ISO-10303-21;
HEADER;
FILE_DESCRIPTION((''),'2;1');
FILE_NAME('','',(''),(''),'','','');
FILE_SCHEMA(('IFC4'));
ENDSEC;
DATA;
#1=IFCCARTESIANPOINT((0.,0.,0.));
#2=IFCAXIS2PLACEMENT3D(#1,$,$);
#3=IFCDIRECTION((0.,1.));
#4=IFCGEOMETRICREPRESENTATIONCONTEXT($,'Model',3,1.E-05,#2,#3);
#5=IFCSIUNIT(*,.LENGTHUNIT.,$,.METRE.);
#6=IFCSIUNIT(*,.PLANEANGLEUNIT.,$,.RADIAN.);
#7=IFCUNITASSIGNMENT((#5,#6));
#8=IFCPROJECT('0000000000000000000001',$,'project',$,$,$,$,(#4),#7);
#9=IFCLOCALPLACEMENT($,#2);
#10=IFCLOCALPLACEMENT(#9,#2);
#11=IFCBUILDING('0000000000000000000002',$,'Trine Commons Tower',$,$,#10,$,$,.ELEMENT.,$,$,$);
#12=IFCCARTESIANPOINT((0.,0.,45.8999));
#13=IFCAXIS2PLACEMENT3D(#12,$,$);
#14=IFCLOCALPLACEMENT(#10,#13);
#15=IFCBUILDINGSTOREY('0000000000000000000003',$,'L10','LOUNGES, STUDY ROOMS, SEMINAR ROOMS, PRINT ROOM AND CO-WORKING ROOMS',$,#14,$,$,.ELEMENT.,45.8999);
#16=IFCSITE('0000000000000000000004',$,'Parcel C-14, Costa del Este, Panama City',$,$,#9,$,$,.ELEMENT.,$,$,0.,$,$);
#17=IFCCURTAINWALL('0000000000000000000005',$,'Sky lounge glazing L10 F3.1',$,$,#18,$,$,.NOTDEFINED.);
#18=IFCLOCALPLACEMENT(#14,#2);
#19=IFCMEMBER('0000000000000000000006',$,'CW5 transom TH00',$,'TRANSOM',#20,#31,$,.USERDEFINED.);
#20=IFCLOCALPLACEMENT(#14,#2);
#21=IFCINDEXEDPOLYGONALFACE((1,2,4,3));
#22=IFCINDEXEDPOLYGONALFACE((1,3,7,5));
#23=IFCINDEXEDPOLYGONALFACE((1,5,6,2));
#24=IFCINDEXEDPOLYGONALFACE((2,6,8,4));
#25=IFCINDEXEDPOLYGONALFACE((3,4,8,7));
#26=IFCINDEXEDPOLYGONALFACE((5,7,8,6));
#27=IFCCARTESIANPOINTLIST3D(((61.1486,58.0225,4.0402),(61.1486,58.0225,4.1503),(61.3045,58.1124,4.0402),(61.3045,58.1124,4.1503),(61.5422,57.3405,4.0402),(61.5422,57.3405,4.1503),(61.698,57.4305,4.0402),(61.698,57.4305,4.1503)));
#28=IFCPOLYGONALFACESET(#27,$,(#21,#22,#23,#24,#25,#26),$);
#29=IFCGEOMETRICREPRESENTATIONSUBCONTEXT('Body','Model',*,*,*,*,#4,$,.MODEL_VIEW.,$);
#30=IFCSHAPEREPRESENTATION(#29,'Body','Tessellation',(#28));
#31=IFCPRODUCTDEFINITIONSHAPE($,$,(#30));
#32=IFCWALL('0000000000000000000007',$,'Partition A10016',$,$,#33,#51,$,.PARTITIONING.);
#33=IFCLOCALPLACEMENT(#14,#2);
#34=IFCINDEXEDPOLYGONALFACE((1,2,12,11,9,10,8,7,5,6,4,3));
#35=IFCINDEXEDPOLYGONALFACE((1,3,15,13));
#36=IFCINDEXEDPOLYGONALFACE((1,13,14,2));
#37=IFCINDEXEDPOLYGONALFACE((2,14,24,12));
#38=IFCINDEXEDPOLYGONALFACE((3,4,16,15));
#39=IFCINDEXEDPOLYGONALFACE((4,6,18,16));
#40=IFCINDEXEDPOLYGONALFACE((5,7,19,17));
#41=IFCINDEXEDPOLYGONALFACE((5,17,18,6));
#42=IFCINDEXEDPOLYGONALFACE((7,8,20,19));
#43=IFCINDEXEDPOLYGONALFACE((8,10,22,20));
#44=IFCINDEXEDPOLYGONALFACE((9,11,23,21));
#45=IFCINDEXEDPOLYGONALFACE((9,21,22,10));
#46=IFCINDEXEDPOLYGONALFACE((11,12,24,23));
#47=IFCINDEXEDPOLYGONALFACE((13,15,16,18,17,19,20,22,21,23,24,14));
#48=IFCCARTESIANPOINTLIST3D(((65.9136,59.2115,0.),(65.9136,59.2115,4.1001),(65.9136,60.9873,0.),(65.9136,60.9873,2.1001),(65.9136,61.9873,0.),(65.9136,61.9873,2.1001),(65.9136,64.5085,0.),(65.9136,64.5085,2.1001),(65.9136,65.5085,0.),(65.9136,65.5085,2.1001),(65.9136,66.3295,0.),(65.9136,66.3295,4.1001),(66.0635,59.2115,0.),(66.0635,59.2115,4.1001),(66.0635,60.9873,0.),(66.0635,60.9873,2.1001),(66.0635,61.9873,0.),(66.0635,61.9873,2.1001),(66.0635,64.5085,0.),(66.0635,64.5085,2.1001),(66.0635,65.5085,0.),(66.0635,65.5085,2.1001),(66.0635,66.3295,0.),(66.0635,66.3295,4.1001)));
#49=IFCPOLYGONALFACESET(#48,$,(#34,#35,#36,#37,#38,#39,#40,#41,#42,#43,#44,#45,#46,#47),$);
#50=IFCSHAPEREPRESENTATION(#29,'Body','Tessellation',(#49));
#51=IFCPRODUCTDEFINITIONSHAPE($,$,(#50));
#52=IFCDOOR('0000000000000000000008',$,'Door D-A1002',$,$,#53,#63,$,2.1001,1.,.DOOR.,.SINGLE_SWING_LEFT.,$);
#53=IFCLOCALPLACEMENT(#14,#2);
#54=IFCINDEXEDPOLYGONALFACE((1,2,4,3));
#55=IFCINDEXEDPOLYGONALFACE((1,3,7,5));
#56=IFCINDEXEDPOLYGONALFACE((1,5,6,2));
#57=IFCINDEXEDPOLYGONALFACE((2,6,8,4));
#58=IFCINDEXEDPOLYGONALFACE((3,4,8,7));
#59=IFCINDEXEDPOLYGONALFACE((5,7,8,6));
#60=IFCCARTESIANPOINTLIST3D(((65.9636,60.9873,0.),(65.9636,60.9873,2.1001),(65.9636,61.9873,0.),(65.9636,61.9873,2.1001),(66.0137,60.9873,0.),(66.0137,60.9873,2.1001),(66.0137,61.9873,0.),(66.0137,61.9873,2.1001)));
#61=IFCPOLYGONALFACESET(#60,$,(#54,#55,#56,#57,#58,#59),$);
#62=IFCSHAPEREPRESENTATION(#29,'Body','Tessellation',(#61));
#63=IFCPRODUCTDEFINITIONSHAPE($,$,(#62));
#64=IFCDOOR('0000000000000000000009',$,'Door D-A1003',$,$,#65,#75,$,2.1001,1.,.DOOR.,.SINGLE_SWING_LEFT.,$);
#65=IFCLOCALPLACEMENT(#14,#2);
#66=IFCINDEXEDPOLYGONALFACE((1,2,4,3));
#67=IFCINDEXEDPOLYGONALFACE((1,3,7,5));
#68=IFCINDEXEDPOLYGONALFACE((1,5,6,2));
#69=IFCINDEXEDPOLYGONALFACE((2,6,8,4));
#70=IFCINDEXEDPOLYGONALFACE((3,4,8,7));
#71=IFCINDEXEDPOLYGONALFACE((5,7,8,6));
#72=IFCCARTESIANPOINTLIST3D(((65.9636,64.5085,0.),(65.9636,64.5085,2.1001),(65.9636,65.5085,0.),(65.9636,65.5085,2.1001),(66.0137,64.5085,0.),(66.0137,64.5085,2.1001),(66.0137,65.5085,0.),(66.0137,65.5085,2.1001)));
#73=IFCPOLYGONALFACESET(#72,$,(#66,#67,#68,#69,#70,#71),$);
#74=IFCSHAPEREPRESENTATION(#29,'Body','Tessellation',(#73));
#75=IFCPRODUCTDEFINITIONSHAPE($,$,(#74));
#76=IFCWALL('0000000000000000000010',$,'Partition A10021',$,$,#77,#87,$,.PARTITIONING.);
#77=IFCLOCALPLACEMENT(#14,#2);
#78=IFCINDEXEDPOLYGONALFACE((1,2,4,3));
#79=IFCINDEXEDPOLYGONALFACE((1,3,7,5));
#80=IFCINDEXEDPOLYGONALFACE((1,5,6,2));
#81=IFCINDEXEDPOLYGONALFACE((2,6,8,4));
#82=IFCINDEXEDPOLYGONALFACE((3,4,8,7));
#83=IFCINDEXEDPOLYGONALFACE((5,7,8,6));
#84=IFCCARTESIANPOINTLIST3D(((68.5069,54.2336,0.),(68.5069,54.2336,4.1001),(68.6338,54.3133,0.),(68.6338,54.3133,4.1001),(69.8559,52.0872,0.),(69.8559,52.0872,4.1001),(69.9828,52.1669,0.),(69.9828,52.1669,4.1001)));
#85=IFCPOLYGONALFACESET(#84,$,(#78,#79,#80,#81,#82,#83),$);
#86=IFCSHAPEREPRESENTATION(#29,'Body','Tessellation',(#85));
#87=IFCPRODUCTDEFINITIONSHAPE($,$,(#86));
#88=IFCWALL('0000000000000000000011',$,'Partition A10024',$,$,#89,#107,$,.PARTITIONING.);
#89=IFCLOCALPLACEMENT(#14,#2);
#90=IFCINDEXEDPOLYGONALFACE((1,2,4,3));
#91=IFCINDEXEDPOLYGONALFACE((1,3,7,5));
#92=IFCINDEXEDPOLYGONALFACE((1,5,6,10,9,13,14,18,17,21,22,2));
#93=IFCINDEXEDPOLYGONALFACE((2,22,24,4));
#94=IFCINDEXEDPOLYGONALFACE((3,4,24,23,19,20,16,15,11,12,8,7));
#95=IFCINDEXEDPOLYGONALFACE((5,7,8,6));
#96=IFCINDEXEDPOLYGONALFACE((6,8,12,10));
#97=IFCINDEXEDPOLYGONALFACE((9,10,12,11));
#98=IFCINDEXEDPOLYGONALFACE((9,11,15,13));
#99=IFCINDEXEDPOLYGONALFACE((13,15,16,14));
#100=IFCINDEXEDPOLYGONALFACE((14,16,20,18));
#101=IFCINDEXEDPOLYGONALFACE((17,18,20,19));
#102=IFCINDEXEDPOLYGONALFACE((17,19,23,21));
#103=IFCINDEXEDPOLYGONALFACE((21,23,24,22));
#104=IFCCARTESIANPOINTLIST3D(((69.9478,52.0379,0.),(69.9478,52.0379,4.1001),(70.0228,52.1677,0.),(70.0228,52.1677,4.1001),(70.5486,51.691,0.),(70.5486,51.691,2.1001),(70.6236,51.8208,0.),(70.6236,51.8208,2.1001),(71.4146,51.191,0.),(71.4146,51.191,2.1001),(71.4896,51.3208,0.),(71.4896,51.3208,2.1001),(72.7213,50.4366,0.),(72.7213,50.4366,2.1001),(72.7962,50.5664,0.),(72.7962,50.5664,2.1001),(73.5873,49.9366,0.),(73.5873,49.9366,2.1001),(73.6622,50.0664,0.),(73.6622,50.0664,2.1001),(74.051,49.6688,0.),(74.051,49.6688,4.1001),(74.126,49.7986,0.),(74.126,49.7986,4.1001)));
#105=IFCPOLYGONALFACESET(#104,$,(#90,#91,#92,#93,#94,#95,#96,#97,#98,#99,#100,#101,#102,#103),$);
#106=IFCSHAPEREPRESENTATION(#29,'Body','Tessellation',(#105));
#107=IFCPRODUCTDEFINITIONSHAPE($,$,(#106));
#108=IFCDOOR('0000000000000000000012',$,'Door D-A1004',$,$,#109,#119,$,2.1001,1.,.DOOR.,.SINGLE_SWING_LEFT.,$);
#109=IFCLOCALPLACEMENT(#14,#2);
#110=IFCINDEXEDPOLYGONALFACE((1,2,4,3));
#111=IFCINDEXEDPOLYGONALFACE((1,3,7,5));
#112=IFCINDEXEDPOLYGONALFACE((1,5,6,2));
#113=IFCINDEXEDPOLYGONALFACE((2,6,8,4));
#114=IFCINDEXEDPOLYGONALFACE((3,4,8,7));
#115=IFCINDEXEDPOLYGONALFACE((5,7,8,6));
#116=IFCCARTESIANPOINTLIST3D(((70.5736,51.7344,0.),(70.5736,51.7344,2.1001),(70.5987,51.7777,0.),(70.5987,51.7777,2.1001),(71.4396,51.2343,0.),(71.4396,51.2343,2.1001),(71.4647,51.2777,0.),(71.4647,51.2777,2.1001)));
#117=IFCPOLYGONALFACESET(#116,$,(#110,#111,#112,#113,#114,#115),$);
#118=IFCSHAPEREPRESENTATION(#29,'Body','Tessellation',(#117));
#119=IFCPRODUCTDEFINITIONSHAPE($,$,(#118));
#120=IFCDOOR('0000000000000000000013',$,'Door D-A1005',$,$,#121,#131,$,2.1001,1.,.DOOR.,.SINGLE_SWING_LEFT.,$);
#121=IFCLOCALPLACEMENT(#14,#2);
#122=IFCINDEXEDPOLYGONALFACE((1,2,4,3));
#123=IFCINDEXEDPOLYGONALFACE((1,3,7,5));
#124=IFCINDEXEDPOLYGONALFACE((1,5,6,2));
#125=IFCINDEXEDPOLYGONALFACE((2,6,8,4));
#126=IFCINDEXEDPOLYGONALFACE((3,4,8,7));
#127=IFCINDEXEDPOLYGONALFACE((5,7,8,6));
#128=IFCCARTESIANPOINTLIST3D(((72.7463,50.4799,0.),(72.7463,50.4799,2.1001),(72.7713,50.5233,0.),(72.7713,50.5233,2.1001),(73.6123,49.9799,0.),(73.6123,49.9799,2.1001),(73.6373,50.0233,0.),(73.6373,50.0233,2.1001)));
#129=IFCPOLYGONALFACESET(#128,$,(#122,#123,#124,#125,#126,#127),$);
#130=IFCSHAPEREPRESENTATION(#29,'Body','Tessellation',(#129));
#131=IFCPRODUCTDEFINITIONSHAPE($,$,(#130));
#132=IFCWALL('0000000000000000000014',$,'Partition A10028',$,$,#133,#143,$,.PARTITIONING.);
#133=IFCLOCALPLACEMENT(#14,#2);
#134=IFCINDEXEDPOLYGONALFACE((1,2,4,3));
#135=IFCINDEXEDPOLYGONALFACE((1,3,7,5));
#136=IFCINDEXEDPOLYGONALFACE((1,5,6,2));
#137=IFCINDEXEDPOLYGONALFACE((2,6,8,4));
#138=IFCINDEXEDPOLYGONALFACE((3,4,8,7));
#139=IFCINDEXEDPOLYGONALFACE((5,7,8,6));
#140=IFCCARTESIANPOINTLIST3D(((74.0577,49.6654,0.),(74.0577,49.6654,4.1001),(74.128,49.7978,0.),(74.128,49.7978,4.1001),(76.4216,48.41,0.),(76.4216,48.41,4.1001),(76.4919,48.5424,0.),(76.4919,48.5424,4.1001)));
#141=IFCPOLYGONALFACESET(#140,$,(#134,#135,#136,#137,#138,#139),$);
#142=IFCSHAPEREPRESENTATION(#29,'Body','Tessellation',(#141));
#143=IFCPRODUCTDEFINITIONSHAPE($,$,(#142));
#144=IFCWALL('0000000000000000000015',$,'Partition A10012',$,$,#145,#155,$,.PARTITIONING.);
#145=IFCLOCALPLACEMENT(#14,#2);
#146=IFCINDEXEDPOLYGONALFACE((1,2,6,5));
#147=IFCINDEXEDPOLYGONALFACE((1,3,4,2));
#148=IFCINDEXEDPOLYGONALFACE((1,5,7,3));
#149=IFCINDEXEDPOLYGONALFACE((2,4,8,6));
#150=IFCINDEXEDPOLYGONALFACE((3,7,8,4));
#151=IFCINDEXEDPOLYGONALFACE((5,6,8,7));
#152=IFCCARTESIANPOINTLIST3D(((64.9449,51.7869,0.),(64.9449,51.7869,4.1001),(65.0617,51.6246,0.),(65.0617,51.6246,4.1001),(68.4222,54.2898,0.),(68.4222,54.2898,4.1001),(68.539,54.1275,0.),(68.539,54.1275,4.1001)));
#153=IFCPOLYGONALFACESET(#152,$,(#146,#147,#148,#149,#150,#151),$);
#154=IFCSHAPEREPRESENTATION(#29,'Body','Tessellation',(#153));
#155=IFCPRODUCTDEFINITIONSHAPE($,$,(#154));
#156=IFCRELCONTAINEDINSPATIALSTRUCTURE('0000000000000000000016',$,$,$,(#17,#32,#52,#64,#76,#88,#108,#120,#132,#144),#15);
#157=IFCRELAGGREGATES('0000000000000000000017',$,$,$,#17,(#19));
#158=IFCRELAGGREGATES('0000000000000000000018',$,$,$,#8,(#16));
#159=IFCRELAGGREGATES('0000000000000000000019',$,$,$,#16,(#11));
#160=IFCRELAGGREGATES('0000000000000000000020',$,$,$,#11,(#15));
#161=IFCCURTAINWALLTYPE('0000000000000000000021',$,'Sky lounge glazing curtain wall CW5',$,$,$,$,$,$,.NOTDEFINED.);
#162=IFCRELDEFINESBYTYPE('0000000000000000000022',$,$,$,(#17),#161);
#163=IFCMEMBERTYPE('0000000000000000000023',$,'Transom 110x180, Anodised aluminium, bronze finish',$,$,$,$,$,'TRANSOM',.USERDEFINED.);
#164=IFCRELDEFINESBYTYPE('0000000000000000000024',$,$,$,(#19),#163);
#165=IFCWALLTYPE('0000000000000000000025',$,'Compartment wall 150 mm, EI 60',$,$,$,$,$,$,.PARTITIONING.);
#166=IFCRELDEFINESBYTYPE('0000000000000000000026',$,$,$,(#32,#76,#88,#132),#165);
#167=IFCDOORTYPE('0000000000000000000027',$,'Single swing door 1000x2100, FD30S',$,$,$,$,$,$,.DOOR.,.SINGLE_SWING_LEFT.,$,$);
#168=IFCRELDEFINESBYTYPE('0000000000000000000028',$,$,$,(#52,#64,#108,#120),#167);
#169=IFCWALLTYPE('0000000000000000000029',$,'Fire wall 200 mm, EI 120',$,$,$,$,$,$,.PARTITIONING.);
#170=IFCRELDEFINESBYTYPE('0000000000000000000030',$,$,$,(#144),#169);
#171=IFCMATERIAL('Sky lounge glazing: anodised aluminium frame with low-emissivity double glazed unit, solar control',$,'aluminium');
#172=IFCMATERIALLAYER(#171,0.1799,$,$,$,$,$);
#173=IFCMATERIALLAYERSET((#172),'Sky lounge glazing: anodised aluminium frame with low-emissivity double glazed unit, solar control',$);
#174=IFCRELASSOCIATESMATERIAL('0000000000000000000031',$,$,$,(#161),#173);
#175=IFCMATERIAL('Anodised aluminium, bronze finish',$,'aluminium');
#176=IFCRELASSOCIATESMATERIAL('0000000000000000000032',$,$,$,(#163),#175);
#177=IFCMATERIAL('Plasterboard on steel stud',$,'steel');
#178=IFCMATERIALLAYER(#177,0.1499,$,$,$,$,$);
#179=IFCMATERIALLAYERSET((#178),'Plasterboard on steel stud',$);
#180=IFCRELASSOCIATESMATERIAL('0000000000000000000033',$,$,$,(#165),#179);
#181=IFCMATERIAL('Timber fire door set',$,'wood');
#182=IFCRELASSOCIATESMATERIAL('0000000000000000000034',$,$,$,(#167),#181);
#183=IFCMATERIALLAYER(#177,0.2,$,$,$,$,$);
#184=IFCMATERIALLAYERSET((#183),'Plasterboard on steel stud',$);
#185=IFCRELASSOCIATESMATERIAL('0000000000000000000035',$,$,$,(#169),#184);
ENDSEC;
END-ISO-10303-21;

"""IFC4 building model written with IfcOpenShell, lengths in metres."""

from ifc_helpers import new_model, si_unit, direction, frame, frame_2d, origin, origin_2d, place, context, subcontext, project, spatial, rectangle, extrude, material, layer, layer_set, material_profile, profile_set, type_object, element, fill, aggregate, save


model = new_model("IFC4")

# Units and contexts
model_context = context("Model", 3, precision=1e-05, world=origin(), true_north=direction((0.0, 1.0)))
body_context = subcontext(model_context, "Body", "Model", "MODEL_VIEW")
ifc_project = project(units=[si_unit("LENGTHUNIT", "METRE"), si_unit("PLANEANGLEUNIT", "RADIAN")], contexts=[model_context])

# Site, building, storey
site_placement = place(None, origin())
site = spatial("IfcSite", under=ifc_project, at=site_placement, Name="Parcel C-14, Costa del Este, Panama City", CompositionType="ELEMENT", RefElevation=0.0)
building_placement = place(site_placement, origin())
building = spatial("IfcBuilding", under=site, at=building_placement, Name="Trine Commons Tower", CompositionType="ELEMENT")
storey_placement = place(building_placement, frame((0.0, 0.0, 45.8999)))
storey = spatial("IfcBuildingStorey", under=building, at=storey_placement, Name="L10", Description="LOUNGES, STUDY ROOMS, SEMINAR ROOMS, PRINT ROOM AND CO-WORKING ROOMS", CompositionType="ELEMENT", Elevation=45.8999)

# Curtain wall, member
ifc_material_1 = material(Name="Sky lounge glazing: anodised aluminium frame with low-emissivity double glazed unit, solar control", Category="aluminium")
ifc_layer_1 = layer(ifc_material_1, 0.1799)
ifc_layer_set_1 = layer_set([ifc_layer_1], Name="Sky lounge glazing: anodised aluminium frame with low-emissivity double glazed unit, solar control")
curtain_wall_type = type_object("IfcCurtainWallType", Name="Sky lounge glazing curtain wall CW5", PredefinedType="NOTDEFINED", material=ifc_layer_set_1)
curtain_wall_placement = place(storey_placement, origin())
curtain_wall = element("IfcCurtainWall", 1, at=curtain_wall_placement, inside=storey, type_object=curtain_wall_type, Name="Sky lounge glazing L10 F3.1", PredefinedType="NOTDEFINED")
ifc_material_2 = material(Name="Anodised aluminium, bronze finish", Category="aluminium")
ifc_material_profile_1 = material_profile(ifc_material_2, rectangle(XDim=0.1799, YDim=0.1101, at=origin_2d()), Name="Transom 110x180")
ifc_profile_set_1 = profile_set([ifc_material_profile_1], Name="Anodised aluminium, bronze finish")
member_type_1 = type_object("IfcMemberType", Name="Transom 110x180, Anodised aluminium, bronze finish", ElementType="TRANSOM", PredefinedType="USERDEFINED", material=ifc_profile_set_1)
member_1_placement = place(storey_placement, frame((61.6201, 57.3855, 4.0952), z_axis=(-0.499875, 0.866098, 0.0), x_axis=(-0.866098, -0.499875, 0.0)))
member_1 = element("IfcMember", 2, at=member_1_placement, type_object=member_type_1, Name="CW5 transom TH00", ObjectType="TRANSOM", PredefinedType="USERDEFINED", context=body_context, shape_type="SweptSolid", body=[
    extrude(rectangle(XDim=0.1799, YDim=0.1101, at=origin_2d()), origin(), (0.0, 0.0, 1.0), 0.7874),
])
aggregate(curtain_wall, [member_1])

# Wall, openings, doors
ifc_material_3 = material(Name="Plasterboard on steel stud", Category="steel")
ifc_layer_2 = layer(ifc_material_3, 0.1499)
ifc_layer_set_2 = layer_set([ifc_layer_2], Name="Plasterboard on steel stud")
wall_type_1 = type_object("IfcWallType", Name="Compartment wall 150 mm, EI 60", PredefinedType="PARTITIONING", material=ifc_layer_set_2)
wall_1_placement = place(storey_placement, frame((65.9885, 59.2114, 0.0), z_axis=(0.0, 0.0, 1.0), x_axis=(0.0, 1.0, 0.0)))
wall_1 = element("IfcWall", 3, at=wall_1_placement, inside=storey, type_object=wall_type_1, Name="Partition A10016", PredefinedType="PARTITIONING", context=body_context, shape_type="SweptSolid", body=[
    extrude(rectangle(XDim=7.1179, YDim=0.1499, at=frame_2d((3.5591, 0.0))), origin(), (0.0, 0.0, 1.0), 4.1001),
])
opening_1_placement = place(wall_1_placement, frame((1.7759, 0.0, 0.0)))
opening_1 = element("IfcOpeningElement", 4, at=opening_1_placement, cuts=wall_1, PredefinedType="OPENING", context=body_context, shape_type="SweptSolid", body=[
    extrude(rectangle(XDim=1.0, YDim=2.1001, at=frame_2d((0.5, 1.05))), frame((0.0, 0.085, 0.0), z_axis=(0.0, -1.0, 0.0), x_axis=(1.0, 0.0, 0.0)), (0.0, 0.0, 1.0), 0.1699),
])
opening_2_placement = place(wall_1_placement, frame((5.2971, 0.0, 0.0)))
opening_2 = element("IfcOpeningElement", 5, at=opening_2_placement, cuts=wall_1, PredefinedType="OPENING", context=body_context, shape_type="SweptSolid", body=[
    extrude(rectangle(XDim=1.0, YDim=2.1001, at=frame_2d((0.5, 1.05))), frame((0.0, 0.085, 0.0), z_axis=(0.0, -1.0, 0.0), x_axis=(1.0, 0.0, 0.0)), (0.0, 0.0, 1.0), 0.1699),
])
ifc_material_4 = material(Name="Timber fire door set", Category="wood")
door_type_1 = type_object("IfcDoorType", Name="Single swing door 1000x2100, FD30S", OperationType="SINGLE_SWING_LEFT", PredefinedType="DOOR", material=ifc_material_4)
door_1_placement = place(opening_1_placement, origin())
door_1 = element("IfcDoor", 6, at=door_1_placement, inside=storey, type_object=door_type_1, Name="Door D-A1002", OperationType="SINGLE_SWING_LEFT", OverallHeight=2.1001, OverallWidth=1.0, PredefinedType="DOOR", context=body_context, shape_type="SweptSolid", body=[
    extrude(rectangle(XDim=1.0, YDim=2.1001, at=frame_2d((0.5, 1.05))), frame((0.0, 0.0249, 0.0), z_axis=(0.0, -1.0, 0.0), x_axis=(1.0, 0.0, 0.0)), (0.0, 0.0, 1.0), 0.05),
])
fill(opening_1, door_1)
door_2_placement = place(opening_2_placement, origin())
door_2 = element("IfcDoor", 7, at=door_2_placement, inside=storey, type_object=door_type_1, Name="Door D-A1003", OperationType="SINGLE_SWING_LEFT", OverallHeight=2.1001, OverallWidth=1.0, PredefinedType="DOOR", context=body_context, shape_type="SweptSolid", body=[
    extrude(rectangle(XDim=1.0, YDim=2.1001, at=frame_2d((0.5, 1.05))), frame((0.0, 0.0249, 0.0), z_axis=(0.0, -1.0, 0.0), x_axis=(1.0, 0.0, 0.0)), (0.0, 0.0, 1.0), 0.05),
])
fill(opening_2, door_2)

# Wall
wall_2_placement = place(storey_placement, frame((68.5703, 54.2734, 0.0), z_axis=(0.0, 0.0, 1.0), x_axis=(0.532144, -0.846654, 0.0)))
element("IfcWall", 8, at=wall_2_placement, inside=storey, type_object=wall_type_1, Name="Partition A10021", PredefinedType="PARTITIONING", context=body_context, shape_type="SweptSolid", body=[
    extrude(rectangle(XDim=2.5352, YDim=0.1499, at=frame_2d((1.2676, 0.0))), origin(), (0.0, 0.0, 1.0), 4.1001),
])

# Wall, openings, doors
wall_3_placement = place(storey_placement, frame((74.0886, 49.7336, 0.0), z_axis=(0.0, 0.0, 1.0), x_axis=(-0.866015, 0.500018, 0.0)))
wall_3 = element("IfcWall", 9, at=wall_3_placement, inside=storey, type_object=wall_type_1, Name="Partition A10024", PredefinedType="PARTITIONING", context=body_context, shape_type="SweptSolid", body=[
    extrude(rectangle(XDim=4.738, YDim=0.1499, at=frame_2d((2.3691, 0.0))), origin(), (0.0, 0.0, 1.0), 4.1001),
])
opening_3_placement = place(wall_3_placement, frame((3.0444, 0.0, 0.0)))
opening_3 = element("IfcOpeningElement", 10, at=opening_3_placement, cuts=wall_3, PredefinedType="OPENING", context=body_context, shape_type="SweptSolid", body=[
    extrude(rectangle(XDim=1.0, YDim=2.1001, at=frame_2d((0.5, 1.05))), frame((0.0, 0.085, 0.0), z_axis=(0.0, -1.0, 0.0), x_axis=(1.0, 0.0, 0.0)), (0.0, 0.0, 1.0), 0.1699),
])
opening_4_placement = place(wall_3_placement, frame((0.5356, 0.0, 0.0)))
opening_4 = element("IfcOpeningElement", 11, at=opening_4_placement, cuts=wall_3, PredefinedType="OPENING", context=body_context, shape_type="SweptSolid", body=[
    extrude(rectangle(XDim=1.0, YDim=2.1001, at=frame_2d((0.5, 1.05))), frame((0.0, 0.085, 0.0), z_axis=(0.0, -1.0, 0.0), x_axis=(1.0, 0.0, 0.0)), (0.0, 0.0, 1.0), 0.1699),
])
door_3_placement = place(opening_3_placement, origin())
door_3 = element("IfcDoor", 12, at=door_3_placement, inside=storey, type_object=door_type_1, Name="Door D-A1004", OperationType="SINGLE_SWING_LEFT", OverallHeight=2.1001, OverallWidth=1.0, PredefinedType="DOOR", context=body_context, shape_type="SweptSolid", body=[
    extrude(rectangle(XDim=1.0, YDim=2.1001, at=frame_2d((0.5, 1.05))), frame((0.0, 0.0249, 0.0), z_axis=(0.0, -1.0, 0.0), x_axis=(1.0, 0.0, 0.0)), (0.0, 0.0, 1.0), 0.05),
])
fill(opening_3, door_3)
door_4_placement = place(opening_4_placement, origin())
door_4 = element("IfcDoor", 13, at=door_4_placement, inside=storey, type_object=door_type_1, Name="Door D-A1005", OperationType="SINGLE_SWING_LEFT", OverallHeight=2.1001, OverallWidth=1.0, PredefinedType="DOOR", context=body_context, shape_type="SweptSolid", body=[
    extrude(rectangle(XDim=1.0, YDim=2.1001, at=frame_2d((0.5, 1.05))), frame((0.0, 0.0249, 0.0), z_axis=(0.0, -1.0, 0.0), x_axis=(1.0, 0.0, 0.0)), (0.0, 0.0, 1.0), 0.05),
])
fill(opening_4, door_4)

# Walls
wall_4_placement = place(storey_placement, frame((74.0928, 49.7317, 0.0), z_axis=(0.0, 0.0, 1.0), x_axis=(0.883175, -0.469044, 0.0)))
element("IfcWall", 14, at=wall_4_placement, inside=storey, type_object=wall_type_1, Name="Partition A10028", PredefinedType="PARTITIONING", context=body_context, shape_type="SweptSolid", body=[
    extrude(rectangle(XDim=2.6765, YDim=0.1499, at=frame_2d((1.3384, 0.0))), origin(), (0.0, 0.0, 1.0), 4.1001),
])
ifc_layer_3 = layer(ifc_material_3, 0.2)
ifc_layer_set_3 = layer_set([ifc_layer_3], Name="Plasterboard on steel stud")
wall_type_2 = type_object("IfcWallType", Name="Fire wall 200 mm, EI 120", PredefinedType="PARTITIONING", material=ifc_layer_set_3)
wall_5_placement = place(storey_placement, frame((65.0034, 51.7058, 0.0), z_axis=(0.0, 0.0, 1.0), x_axis=(0.811614, 0.584194, 0.0)))
element("IfcWall", 15, at=wall_5_placement, inside=storey, type_object=wall_type_2, Name="Partition A10012", PredefinedType="PARTITIONING", context=body_context, shape_type="SweptSolid", body=[
    extrude(rectangle(XDim=4.2844, YDim=0.2, at=frame_2d((2.1421, 0.0))), origin(), (0.0, 0.0, 1.0), 4.1001),
])

save(model, "model.ifc")
